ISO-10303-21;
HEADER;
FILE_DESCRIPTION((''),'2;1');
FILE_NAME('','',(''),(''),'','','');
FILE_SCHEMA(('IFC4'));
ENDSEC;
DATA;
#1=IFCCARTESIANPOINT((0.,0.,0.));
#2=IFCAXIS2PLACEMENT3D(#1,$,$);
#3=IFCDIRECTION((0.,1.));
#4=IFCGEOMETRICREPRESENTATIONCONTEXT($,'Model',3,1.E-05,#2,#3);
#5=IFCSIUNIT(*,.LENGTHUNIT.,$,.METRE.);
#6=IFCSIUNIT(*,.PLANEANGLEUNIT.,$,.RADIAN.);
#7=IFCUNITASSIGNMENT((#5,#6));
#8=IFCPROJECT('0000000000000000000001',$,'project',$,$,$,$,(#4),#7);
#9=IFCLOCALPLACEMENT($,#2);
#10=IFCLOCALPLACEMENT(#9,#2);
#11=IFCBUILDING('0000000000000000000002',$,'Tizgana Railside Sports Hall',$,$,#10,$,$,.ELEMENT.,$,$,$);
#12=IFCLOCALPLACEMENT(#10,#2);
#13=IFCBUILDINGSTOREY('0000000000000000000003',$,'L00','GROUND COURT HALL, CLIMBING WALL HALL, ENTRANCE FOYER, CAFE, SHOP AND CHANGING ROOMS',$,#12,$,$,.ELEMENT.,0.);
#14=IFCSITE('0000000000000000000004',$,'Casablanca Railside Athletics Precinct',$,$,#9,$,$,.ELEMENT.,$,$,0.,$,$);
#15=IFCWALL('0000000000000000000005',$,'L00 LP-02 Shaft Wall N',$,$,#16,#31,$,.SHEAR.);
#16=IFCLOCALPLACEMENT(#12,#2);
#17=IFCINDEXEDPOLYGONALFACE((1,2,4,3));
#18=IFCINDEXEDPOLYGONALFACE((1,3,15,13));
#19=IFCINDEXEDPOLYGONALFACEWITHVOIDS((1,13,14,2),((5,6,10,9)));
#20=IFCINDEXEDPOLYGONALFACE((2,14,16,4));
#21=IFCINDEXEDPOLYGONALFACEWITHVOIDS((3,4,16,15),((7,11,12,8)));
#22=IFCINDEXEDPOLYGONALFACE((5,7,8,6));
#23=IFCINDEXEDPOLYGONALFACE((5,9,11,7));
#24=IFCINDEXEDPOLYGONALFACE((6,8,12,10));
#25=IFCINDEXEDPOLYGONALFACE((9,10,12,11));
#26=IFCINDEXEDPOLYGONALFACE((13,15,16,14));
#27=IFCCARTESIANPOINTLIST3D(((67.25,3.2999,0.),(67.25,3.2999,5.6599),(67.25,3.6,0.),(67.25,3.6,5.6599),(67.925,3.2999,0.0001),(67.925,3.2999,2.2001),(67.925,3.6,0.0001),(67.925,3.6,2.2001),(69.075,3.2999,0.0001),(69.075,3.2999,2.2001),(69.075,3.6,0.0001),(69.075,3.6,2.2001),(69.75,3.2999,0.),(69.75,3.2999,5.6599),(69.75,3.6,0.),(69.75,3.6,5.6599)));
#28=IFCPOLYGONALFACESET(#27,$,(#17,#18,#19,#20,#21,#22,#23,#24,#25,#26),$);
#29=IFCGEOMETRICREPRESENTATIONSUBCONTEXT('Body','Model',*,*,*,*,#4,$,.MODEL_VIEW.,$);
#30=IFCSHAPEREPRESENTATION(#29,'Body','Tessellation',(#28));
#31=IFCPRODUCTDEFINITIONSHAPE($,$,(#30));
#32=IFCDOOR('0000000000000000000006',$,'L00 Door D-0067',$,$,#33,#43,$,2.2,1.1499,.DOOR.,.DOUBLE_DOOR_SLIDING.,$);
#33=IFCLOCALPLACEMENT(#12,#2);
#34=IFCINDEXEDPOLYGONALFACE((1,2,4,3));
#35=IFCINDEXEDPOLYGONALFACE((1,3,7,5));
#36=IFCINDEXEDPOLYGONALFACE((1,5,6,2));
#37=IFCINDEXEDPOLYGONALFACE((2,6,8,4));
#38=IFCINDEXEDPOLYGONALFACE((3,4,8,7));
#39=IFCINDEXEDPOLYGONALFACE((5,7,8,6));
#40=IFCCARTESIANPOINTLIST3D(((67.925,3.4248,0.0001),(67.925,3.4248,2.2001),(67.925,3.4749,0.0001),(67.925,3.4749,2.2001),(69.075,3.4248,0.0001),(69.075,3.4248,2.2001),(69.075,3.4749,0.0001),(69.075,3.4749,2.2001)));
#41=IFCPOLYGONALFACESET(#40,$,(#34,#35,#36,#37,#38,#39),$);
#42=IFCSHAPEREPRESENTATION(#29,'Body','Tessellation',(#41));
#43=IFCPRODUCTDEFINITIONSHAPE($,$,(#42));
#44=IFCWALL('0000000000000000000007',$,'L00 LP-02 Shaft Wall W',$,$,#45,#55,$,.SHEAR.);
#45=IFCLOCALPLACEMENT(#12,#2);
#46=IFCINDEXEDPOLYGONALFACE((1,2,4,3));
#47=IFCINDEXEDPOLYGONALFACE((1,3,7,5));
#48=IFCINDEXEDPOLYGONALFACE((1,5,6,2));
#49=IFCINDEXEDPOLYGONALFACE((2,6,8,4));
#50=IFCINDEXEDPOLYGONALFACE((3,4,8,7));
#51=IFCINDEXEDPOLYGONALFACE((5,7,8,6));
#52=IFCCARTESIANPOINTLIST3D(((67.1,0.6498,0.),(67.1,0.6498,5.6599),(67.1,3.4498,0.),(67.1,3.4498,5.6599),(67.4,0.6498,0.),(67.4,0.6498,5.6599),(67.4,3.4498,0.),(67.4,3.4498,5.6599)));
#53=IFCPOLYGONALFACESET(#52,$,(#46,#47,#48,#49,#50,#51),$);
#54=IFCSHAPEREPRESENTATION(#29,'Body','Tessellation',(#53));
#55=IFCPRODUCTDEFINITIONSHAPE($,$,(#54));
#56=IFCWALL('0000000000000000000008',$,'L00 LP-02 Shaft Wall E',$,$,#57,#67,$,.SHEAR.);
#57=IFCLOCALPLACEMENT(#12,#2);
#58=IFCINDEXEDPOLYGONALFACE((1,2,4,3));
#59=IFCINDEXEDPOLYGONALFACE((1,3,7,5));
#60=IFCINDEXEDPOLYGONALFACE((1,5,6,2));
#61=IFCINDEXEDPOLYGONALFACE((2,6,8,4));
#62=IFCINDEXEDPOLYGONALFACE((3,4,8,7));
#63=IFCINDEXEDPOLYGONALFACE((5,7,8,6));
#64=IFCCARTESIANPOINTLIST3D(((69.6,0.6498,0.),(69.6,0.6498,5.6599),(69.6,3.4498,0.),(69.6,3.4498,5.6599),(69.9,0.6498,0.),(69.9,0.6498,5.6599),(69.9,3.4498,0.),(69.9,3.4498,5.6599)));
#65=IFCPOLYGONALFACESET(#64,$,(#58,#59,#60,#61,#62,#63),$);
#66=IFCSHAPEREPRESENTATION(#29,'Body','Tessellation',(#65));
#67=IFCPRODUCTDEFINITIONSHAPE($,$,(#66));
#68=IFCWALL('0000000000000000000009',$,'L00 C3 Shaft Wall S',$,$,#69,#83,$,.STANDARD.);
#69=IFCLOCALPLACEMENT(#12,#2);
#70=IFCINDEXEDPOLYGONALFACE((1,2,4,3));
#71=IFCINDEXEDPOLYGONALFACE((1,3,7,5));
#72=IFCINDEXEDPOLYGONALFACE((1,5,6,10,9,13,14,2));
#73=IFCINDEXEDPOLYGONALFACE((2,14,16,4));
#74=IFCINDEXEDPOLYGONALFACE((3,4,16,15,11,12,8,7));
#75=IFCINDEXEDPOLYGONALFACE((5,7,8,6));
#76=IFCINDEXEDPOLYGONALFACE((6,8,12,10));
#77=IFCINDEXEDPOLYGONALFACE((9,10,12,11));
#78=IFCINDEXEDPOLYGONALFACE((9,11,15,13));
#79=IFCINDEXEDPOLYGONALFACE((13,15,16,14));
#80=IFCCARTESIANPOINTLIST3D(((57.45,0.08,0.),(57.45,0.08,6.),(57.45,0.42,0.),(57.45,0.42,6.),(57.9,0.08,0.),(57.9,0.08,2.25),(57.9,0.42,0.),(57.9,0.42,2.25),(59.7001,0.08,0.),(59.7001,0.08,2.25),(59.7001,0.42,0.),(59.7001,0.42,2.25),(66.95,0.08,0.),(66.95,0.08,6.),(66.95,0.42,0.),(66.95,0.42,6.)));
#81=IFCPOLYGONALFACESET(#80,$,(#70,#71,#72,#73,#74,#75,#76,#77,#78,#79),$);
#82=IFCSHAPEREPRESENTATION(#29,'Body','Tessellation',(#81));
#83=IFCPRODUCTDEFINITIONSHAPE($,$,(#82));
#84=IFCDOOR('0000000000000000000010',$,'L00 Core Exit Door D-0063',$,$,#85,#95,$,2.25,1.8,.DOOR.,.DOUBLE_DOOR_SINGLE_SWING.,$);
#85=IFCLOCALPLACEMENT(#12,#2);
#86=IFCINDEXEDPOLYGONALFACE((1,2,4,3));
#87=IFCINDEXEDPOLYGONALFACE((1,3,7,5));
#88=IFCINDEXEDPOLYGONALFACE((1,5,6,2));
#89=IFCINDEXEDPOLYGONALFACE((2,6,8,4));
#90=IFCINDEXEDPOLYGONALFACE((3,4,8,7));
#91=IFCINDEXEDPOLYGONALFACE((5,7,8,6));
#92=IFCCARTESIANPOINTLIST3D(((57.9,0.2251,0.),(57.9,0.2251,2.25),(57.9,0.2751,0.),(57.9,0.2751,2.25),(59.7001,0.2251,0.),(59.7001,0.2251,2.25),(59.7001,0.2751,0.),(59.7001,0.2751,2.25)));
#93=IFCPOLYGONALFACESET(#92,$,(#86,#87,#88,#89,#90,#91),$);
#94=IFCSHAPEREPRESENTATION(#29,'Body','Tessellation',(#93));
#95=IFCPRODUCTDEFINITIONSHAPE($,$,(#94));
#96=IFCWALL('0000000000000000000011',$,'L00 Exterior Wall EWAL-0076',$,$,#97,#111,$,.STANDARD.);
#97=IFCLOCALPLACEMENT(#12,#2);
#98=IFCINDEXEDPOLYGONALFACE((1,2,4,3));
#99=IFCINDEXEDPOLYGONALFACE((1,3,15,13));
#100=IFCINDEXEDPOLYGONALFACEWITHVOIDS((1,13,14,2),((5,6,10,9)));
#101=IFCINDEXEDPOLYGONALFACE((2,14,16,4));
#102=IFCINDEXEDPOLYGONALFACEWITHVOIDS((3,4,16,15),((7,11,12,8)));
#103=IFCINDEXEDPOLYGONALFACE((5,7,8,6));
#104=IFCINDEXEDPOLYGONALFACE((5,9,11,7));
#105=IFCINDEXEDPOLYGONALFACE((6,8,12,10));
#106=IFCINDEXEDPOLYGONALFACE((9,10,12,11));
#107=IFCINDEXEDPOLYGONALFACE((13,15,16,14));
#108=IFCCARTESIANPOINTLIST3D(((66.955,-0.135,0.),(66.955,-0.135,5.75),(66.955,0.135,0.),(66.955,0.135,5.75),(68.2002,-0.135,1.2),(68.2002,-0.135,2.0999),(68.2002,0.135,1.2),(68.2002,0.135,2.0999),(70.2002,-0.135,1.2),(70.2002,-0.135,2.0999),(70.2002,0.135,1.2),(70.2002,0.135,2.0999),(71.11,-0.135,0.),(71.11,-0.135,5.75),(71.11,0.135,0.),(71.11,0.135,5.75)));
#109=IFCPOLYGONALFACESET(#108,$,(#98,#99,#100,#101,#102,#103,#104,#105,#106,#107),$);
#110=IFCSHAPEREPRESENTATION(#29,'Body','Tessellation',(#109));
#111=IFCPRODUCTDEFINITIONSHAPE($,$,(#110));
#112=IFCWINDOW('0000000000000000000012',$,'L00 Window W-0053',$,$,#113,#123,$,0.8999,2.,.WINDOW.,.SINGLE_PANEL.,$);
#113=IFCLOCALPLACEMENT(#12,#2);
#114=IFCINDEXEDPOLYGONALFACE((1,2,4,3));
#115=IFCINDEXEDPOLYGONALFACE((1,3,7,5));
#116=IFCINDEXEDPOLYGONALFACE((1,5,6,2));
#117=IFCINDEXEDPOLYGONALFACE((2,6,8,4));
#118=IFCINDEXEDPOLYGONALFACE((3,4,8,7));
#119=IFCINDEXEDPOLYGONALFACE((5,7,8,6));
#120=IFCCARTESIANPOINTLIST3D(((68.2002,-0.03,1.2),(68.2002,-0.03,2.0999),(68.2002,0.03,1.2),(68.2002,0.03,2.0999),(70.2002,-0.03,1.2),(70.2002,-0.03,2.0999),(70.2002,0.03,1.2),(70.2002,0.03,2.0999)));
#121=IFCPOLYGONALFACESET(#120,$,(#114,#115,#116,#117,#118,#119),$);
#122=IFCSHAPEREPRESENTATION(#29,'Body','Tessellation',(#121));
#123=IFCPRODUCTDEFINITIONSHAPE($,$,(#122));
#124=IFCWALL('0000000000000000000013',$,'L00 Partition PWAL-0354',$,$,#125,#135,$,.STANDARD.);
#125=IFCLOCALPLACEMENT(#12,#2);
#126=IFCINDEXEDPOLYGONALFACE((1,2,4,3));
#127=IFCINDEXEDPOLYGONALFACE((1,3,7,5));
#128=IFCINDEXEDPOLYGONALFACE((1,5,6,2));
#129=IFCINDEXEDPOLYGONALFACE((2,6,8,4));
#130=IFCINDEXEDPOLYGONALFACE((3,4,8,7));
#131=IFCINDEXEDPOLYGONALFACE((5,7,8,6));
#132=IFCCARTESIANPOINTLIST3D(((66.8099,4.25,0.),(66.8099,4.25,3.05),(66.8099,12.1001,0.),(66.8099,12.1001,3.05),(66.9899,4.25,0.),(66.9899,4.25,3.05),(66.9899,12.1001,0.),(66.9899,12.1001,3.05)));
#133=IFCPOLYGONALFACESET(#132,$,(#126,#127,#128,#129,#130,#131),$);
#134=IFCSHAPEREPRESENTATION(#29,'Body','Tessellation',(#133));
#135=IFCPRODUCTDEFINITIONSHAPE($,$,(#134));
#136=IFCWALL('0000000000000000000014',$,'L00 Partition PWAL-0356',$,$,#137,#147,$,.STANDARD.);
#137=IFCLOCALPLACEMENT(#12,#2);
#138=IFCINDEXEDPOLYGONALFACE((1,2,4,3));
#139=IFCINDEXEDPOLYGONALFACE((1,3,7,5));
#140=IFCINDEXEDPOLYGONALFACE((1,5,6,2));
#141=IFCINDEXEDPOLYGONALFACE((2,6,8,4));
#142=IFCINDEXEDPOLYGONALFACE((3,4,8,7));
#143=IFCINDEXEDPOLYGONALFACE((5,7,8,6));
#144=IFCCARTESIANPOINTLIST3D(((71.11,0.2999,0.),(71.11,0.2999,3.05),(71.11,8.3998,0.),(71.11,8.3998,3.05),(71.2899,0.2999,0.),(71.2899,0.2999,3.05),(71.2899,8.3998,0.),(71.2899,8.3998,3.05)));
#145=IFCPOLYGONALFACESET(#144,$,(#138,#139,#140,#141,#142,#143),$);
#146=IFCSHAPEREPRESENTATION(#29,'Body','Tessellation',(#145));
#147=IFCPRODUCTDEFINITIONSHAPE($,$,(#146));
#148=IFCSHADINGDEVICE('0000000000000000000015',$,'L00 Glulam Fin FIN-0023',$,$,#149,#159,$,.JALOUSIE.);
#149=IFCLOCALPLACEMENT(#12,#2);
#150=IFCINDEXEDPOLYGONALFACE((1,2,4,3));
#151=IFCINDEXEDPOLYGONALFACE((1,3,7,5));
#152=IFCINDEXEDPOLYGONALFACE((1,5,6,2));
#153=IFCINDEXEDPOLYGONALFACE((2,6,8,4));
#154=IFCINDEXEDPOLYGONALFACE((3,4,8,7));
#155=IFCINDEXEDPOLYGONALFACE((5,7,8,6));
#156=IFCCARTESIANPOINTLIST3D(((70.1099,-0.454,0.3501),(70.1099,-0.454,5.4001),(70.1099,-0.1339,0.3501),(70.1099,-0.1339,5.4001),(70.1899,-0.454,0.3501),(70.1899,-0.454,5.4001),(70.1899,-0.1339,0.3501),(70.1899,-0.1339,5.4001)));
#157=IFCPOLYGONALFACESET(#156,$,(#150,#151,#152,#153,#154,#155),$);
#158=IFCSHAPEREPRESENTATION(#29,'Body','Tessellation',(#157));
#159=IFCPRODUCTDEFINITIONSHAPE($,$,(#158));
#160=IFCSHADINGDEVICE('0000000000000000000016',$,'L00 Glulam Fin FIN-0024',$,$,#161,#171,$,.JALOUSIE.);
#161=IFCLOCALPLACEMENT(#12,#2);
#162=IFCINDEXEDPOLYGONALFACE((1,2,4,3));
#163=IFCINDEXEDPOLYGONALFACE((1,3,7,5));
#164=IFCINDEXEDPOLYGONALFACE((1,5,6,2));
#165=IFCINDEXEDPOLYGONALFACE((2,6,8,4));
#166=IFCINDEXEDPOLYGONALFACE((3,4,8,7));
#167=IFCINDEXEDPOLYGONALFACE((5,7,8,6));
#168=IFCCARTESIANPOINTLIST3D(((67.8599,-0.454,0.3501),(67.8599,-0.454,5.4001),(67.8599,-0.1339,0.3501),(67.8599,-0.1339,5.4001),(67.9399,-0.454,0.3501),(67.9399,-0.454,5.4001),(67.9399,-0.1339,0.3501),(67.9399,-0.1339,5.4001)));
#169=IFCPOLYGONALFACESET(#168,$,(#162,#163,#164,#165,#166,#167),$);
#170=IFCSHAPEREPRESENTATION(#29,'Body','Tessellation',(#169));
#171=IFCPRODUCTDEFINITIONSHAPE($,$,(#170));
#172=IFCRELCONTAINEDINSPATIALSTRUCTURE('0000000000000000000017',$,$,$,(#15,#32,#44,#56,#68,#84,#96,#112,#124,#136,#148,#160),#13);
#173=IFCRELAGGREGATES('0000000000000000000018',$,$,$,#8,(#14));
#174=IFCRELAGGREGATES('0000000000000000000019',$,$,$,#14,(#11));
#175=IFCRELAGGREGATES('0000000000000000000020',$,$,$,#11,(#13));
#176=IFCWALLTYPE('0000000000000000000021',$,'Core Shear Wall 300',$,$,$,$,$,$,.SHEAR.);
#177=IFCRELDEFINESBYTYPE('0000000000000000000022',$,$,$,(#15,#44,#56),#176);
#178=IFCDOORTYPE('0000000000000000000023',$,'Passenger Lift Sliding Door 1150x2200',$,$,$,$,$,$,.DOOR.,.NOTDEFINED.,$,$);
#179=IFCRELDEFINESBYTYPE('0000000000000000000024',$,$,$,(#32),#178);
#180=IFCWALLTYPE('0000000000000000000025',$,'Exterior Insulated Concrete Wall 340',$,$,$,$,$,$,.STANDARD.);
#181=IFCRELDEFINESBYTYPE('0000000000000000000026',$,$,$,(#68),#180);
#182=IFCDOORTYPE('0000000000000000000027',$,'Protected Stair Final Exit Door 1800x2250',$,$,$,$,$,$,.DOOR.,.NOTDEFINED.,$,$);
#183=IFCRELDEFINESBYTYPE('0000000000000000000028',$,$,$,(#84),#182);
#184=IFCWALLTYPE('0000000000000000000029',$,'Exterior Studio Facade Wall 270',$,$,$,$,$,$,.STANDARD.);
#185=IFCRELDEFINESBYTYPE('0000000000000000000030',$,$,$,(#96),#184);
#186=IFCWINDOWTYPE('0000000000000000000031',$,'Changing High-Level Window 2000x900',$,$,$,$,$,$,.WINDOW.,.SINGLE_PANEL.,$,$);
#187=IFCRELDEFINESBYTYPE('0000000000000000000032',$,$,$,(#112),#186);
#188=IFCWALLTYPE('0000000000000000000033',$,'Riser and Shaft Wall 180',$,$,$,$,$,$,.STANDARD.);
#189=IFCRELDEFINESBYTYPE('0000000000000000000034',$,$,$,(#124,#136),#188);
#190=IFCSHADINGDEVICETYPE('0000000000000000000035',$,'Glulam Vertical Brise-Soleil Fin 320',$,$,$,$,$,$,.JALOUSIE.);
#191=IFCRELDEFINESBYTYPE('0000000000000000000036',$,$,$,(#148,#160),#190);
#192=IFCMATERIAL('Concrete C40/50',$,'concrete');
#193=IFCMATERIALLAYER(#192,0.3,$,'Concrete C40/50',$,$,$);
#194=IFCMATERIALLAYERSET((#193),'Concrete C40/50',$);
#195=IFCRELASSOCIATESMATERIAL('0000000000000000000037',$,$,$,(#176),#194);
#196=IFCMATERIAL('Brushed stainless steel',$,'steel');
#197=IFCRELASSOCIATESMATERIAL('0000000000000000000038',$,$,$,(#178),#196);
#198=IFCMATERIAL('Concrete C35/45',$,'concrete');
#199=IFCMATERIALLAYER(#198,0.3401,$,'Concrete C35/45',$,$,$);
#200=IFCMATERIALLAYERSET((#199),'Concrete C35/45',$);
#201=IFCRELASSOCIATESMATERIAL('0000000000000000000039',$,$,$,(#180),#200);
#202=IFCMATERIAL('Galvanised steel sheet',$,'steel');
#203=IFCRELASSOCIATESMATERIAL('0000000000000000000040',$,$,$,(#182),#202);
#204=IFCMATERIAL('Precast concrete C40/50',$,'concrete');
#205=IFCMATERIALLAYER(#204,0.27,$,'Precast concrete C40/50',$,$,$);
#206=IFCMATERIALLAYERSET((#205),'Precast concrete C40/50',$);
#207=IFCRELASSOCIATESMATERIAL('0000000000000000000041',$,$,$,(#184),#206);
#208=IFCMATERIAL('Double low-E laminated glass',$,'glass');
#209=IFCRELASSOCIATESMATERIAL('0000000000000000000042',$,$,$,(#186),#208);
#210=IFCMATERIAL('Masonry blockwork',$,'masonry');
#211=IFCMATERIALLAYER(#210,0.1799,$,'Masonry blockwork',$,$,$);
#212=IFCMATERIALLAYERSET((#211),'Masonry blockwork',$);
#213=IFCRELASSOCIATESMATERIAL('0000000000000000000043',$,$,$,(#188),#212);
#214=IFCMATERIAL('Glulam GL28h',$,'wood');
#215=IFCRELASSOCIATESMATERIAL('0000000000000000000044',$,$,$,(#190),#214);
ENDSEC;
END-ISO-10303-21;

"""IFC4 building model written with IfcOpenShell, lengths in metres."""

from ifc_helpers import new_model, si_unit, direction, frame, frame_2d, origin, origin_2d, place, context, subcontext, project, spatial, rectangle, extrude, material, layer, layer_set, type_object, element, fill, save


model = new_model("IFC4")

# Units and contexts
model_context = context("Model", 3, precision=1e-05, world=origin(), true_north=direction((0.0, 1.0)))
body_context = subcontext(model_context, "Body", "Model", "MODEL_VIEW")
ifc_project = project(units=[si_unit("LENGTHUNIT", "METRE"), si_unit("PLANEANGLEUNIT", "RADIAN")], contexts=[model_context])

# Site, building, storey
site_placement = place(None, origin())
site = spatial("IfcSite", under=ifc_project, at=site_placement, Name="Casablanca Railside Athletics Precinct", CompositionType="ELEMENT", RefElevation=0.0)
building_placement = place(site_placement, origin())
building = spatial("IfcBuilding", under=site, at=building_placement, Name="Tizgana Railside Sports Hall", CompositionType="ELEMENT")
storey_placement = place(building_placement, origin())
storey = spatial("IfcBuildingStorey", under=building, at=storey_placement, Name="L00", Description="GROUND COURT HALL, CLIMBING WALL HALL, ENTRANCE FOYER, CAFE, SHOP AND CHANGING ROOMS", CompositionType="ELEMENT", Elevation=0.0)

# Shared definitions
ifc_material_1 = material(Name="Concrete C40/50", Category="concrete")

# Shared definitions
ifc_material_2 = material(Name="Concrete C35/45", Category="concrete")

# Shared definitions
ifc_layer_1 = layer(ifc_material_1, 0.3, Name="Concrete C40/50")
ifc_layer_set_1 = layer_set([ifc_layer_1], Name="Concrete C40/50")
wall_type_1 = type_object("IfcWallType", Name="Core Shear Wall 300", PredefinedType="SHEAR", material=ifc_layer_set_1)

# Wall, opening, door
wall_1_placement = place(storey_placement, frame((67.25, 3.45, 0.0), z_axis=(0.0, 0.0, 1.0), x_axis=(1.0, 0.0, 0.0)))
wall_1 = element("IfcWall", 1, at=wall_1_placement, inside=storey, type_object=wall_type_1, Name="L00 LP-02 Shaft Wall N", PredefinedType="SHEAR", context=body_context, shape_type="SweptSolid", body=[
    extrude(rectangle(XDim=2.5, YDim=0.3, at=frame_2d((1.25, 0.0))), origin(), (0.0, 0.0, 1.0), 5.6599),
])
opening_1_placement = place(wall_1_placement, frame((0.675, 0.0, 0.0)))
opening_1 = element("IfcOpeningElement", 2, at=opening_1_placement, cuts=wall_1, PredefinedType="OPENING", context=body_context, shape_type="SweptSolid", body=[
    extrude(rectangle(XDim=1.1499, YDim=2.2, at=frame_2d((0.575, 1.1001))), frame((0.0, 0.1599, 0.0), z_axis=(0.0, -1.0, 0.0), x_axis=(1.0, 0.0, 0.0)), (0.0, 0.0, 1.0), 0.3201),
])
ifc_material_3 = material(Name="Brushed stainless steel", Category="steel")
door_type_1 = type_object("IfcDoorType", Name="Passenger Lift Sliding Door 1150x2200", OperationType="NOTDEFINED", PredefinedType="DOOR", material=ifc_material_3)
door_1_placement = place(opening_1_placement, origin())
door_1 = element("IfcDoor", 3, at=door_1_placement, inside=storey, type_object=door_type_1, Name="L00 Door D-0067", OperationType="DOUBLE_DOOR_SLIDING", OverallHeight=2.2, OverallWidth=1.1499, PredefinedType="DOOR", context=body_context, shape_type="SweptSolid", body=[
    extrude(rectangle(XDim=1.1499, YDim=2.2, at=frame_2d((0.575, 1.1001))), frame((0.0, 0.0249, 0.0), z_axis=(0.0, -1.0, 0.0), x_axis=(1.0, 0.0, 0.0)), (0.0, 0.0, 1.0), 0.05),
])
fill(opening_1, door_1)

# Walls
for number, where, z_axis, x_axis, name in (
    (4, (67.25, 0.6499, 0.0), (0.0, 0.0, 1.0), (0.0, 1.0, 0.0), "L00 LP-02 Shaft Wall W"),
    (5, (69.75, 0.6499, 0.0), (0.0, 0.0, 1.0), (0.0, 1.0, 0.0), "L00 LP-02 Shaft Wall E"),
):
    element("IfcWall", number, at=place(storey_placement, frame(where, z_axis=z_axis, x_axis=x_axis)), inside=storey, type_object=wall_type_1, Name=name, PredefinedType="SHEAR", context=body_context, shape_type="SweptSolid", body=[
        extrude(rectangle(XDim=2.8, YDim=0.3, at=frame_2d((1.3999, 0.0))), origin(), (0.0, 0.0, 1.0), 5.6599),
    ])

# Wall, opening, door
ifc_layer_2 = layer(ifc_material_2, 0.3401, Name="Concrete C35/45")
ifc_layer_set_2 = layer_set([ifc_layer_2], Name="Concrete C35/45")
wall_type_2 = type_object("IfcWallType", Name="Exterior Insulated Concrete Wall 340", PredefinedType="STANDARD", material=ifc_layer_set_2)
wall_2_placement = place(storey_placement, frame((66.95, 0.25, 0.0), z_axis=(0.0, 0.0, 1.0), x_axis=(-1.0, 0.0, 0.0)))
wall_2 = element("IfcWall", 6, at=wall_2_placement, inside=storey, type_object=wall_type_2, Name="L00 C3 Shaft Wall S", PredefinedType="STANDARD", context=body_context, shape_type="SweptSolid", body=[
    extrude(rectangle(XDim=9.5, YDim=0.3401, at=frame_2d((4.75, 0.0))), origin(), (0.0, 0.0, 1.0), 6.0),
])
opening_2_placement = place(wall_2_placement, frame((7.25, 0.0, 0.0)))
opening_2 = element("IfcOpeningElement", 7, at=opening_2_placement, cuts=wall_2, PredefinedType="OPENING", context=body_context, shape_type="SweptSolid", body=[
    extrude(rectangle(XDim=1.8, YDim=2.25, at=frame_2d((0.8999, 1.125))), frame((0.0, 0.1799, 0.0), z_axis=(0.0, -1.0, 0.0), x_axis=(1.0, 0.0, 0.0)), (0.0, 0.0, 1.0), 0.3601),
])
ifc_material_4 = material(Name="Galvanised steel sheet", Category="steel")
door_type_2 = type_object("IfcDoorType", Name="Protected Stair Final Exit Door 1800x2250", OperationType="NOTDEFINED", PredefinedType="DOOR", material=ifc_material_4)
door_2_placement = place(opening_2_placement, origin())
door_2 = element("IfcDoor", 8, at=door_2_placement, inside=storey, type_object=door_type_2, Name="L00 Core Exit Door D-0063", OperationType="DOUBLE_DOOR_SINGLE_SWING", OverallHeight=2.25, OverallWidth=1.8, PredefinedType="DOOR", context=body_context, shape_type="SweptSolid", body=[
    extrude(rectangle(XDim=1.8, YDim=2.25, at=frame_2d((0.8999, 1.125))), frame((0.0, 0.0249, 0.0), z_axis=(0.0, -1.0, 0.0), x_axis=(1.0, 0.0, 0.0)), (0.0, 0.0, 1.0), 0.05),
])
fill(opening_2, door_2)

# Wall, opening, window
ifc_material_5 = material(Name="Precast concrete C40/50", Category="concrete")
ifc_layer_3 = layer(ifc_material_5, 0.27, Name="Precast concrete C40/50")
ifc_layer_set_3 = layer_set([ifc_layer_3], Name="Precast concrete C40/50")
wall_type_3 = type_object("IfcWallType", Name="Exterior Studio Facade Wall 270", PredefinedType="STANDARD", material=ifc_layer_set_3)
wall_3_placement = place(storey_placement, frame((71.1101, 0.0, 0.0), z_axis=(0.0, 0.0, 1.0), x_axis=(-1.0, 0.0, 0.0)))
wall_3 = element("IfcWall", 9, at=wall_3_placement, inside=storey, type_object=wall_type_3, Name="L00 Exterior Wall EWAL-0076", PredefinedType="STANDARD", context=body_context, shape_type="SweptSolid", body=[
    extrude(rectangle(XDim=4.155, YDim=0.27, at=frame_2d((2.0776, 0.0))), origin(), (0.0, 0.0, 1.0), 5.75),
])
opening_3_placement = place(wall_3_placement, frame((0.9099, 0.0, 1.2)))
opening_3 = element("IfcOpeningElement", 10, at=opening_3_placement, cuts=wall_3, PredefinedType="OPENING", context=body_context, shape_type="SweptSolid", body=[
    extrude(rectangle(XDim=2.0, YDim=0.8999, at=frame_2d((1.0, 0.45))), frame((0.0, 0.145, 0.0), z_axis=(0.0, -1.0, 0.0), x_axis=(1.0, 0.0, 0.0)), (0.0, 0.0, 1.0), 0.29),
])
ifc_material_6 = material(Name="Double low-E laminated glass", Category="glass")
window_type = type_object("IfcWindowType", Name="Changing High-Level Window 2000x900", PartitioningType="SINGLE_PANEL", PredefinedType="WINDOW", material=ifc_material_6)
window_placement = place(opening_3_placement, origin())
window = element("IfcWindow", 11, at=window_placement, inside=storey, type_object=window_type, Name="L00 Window W-0053", OverallHeight=0.8999, OverallWidth=2.0, PartitioningType="SINGLE_PANEL", PredefinedType="WINDOW", context=body_context, shape_type="SweptSolid", body=[
    extrude(rectangle(XDim=2.0, YDim=0.8999, at=frame_2d((1.0, 0.45))), frame((0.0, 0.03, 0.0), z_axis=(0.0, -1.0, 0.0), x_axis=(1.0, 0.0, 0.0)), (0.0, 0.0, 1.0), 0.0601),
])
fill(opening_3, window)

# Walls
ifc_material_7 = material(Name="Masonry blockwork", Category="masonry")
ifc_layer_4 = layer(ifc_material_7, 0.1799, Name="Masonry blockwork")
ifc_layer_set_4 = layer_set([ifc_layer_4], Name="Masonry blockwork")
wall_type_4 = type_object("IfcWallType", Name="Riser and Shaft Wall 180", PredefinedType="STANDARD", material=ifc_layer_set_4)
wall_4_placement = place(storey_placement, frame((66.8999, 4.25, 0.0), z_axis=(0.0, 0.0, 1.0), x_axis=(0.0, 1.0, 0.0)))
element("IfcWall", 12, at=wall_4_placement, inside=storey, type_object=wall_type_4, Name="L00 Partition PWAL-0354", PredefinedType="STANDARD", context=body_context, shape_type="SweptSolid", body=[
    extrude(rectangle(XDim=7.8501, YDim=0.1799, at=frame_2d((3.925, 0.0))), origin(), (0.0, 0.0, 1.0), 3.05),
])
wall_5_placement = place(storey_placement, frame((71.2, 0.3, 0.0), z_axis=(0.0, 0.0, 1.0), x_axis=(0.0, 1.0, 0.0)))
element("IfcWall", 13, at=wall_5_placement, inside=storey, type_object=wall_type_4, Name="L00 Partition PWAL-0356", PredefinedType="STANDARD", context=body_context, shape_type="SweptSolid", body=[
    extrude(rectangle(XDim=8.0999, YDim=0.1799, at=frame_2d((4.0498, 0.0))), origin(), (0.0, 0.0, 1.0), 3.05),
])

# Shading devices
ifc_material_8 = material(Name="Glulam GL28h", Category="wood")
shading_device_type = type_object("IfcShadingDeviceType", Name="Glulam Vertical Brise-Soleil Fin 320", PredefinedType="JALOUSIE", material=ifc_material_8)
for number, where, z_axis, x_axis, name in (
    (14, (70.1499, -0.2939, 0.3501), (0.0, 0.0, 1.0), (-1.0, 0.0, 0.0), "L00 Glulam Fin FIN-0023"),
    (15, (67.8999, -0.2939, 0.3501), (0.0, 0.0, 1.0), (-1.0, 0.0, 0.0), "L00 Glulam Fin FIN-0024"),
):
    element("IfcShadingDevice", number, at=place(storey_placement, frame(where, z_axis=z_axis, x_axis=x_axis)), inside=storey, type_object=shading_device_type, Name=name, PredefinedType="JALOUSIE", context=body_context, shape_type="SweptSolid", body=[
        extrude(rectangle(XDim=0.0801, YDim=0.3201, at=origin_2d()), origin(), (0.0, 0.0, 1.0), 5.05),
    ])

save(model, "model.ifc")
